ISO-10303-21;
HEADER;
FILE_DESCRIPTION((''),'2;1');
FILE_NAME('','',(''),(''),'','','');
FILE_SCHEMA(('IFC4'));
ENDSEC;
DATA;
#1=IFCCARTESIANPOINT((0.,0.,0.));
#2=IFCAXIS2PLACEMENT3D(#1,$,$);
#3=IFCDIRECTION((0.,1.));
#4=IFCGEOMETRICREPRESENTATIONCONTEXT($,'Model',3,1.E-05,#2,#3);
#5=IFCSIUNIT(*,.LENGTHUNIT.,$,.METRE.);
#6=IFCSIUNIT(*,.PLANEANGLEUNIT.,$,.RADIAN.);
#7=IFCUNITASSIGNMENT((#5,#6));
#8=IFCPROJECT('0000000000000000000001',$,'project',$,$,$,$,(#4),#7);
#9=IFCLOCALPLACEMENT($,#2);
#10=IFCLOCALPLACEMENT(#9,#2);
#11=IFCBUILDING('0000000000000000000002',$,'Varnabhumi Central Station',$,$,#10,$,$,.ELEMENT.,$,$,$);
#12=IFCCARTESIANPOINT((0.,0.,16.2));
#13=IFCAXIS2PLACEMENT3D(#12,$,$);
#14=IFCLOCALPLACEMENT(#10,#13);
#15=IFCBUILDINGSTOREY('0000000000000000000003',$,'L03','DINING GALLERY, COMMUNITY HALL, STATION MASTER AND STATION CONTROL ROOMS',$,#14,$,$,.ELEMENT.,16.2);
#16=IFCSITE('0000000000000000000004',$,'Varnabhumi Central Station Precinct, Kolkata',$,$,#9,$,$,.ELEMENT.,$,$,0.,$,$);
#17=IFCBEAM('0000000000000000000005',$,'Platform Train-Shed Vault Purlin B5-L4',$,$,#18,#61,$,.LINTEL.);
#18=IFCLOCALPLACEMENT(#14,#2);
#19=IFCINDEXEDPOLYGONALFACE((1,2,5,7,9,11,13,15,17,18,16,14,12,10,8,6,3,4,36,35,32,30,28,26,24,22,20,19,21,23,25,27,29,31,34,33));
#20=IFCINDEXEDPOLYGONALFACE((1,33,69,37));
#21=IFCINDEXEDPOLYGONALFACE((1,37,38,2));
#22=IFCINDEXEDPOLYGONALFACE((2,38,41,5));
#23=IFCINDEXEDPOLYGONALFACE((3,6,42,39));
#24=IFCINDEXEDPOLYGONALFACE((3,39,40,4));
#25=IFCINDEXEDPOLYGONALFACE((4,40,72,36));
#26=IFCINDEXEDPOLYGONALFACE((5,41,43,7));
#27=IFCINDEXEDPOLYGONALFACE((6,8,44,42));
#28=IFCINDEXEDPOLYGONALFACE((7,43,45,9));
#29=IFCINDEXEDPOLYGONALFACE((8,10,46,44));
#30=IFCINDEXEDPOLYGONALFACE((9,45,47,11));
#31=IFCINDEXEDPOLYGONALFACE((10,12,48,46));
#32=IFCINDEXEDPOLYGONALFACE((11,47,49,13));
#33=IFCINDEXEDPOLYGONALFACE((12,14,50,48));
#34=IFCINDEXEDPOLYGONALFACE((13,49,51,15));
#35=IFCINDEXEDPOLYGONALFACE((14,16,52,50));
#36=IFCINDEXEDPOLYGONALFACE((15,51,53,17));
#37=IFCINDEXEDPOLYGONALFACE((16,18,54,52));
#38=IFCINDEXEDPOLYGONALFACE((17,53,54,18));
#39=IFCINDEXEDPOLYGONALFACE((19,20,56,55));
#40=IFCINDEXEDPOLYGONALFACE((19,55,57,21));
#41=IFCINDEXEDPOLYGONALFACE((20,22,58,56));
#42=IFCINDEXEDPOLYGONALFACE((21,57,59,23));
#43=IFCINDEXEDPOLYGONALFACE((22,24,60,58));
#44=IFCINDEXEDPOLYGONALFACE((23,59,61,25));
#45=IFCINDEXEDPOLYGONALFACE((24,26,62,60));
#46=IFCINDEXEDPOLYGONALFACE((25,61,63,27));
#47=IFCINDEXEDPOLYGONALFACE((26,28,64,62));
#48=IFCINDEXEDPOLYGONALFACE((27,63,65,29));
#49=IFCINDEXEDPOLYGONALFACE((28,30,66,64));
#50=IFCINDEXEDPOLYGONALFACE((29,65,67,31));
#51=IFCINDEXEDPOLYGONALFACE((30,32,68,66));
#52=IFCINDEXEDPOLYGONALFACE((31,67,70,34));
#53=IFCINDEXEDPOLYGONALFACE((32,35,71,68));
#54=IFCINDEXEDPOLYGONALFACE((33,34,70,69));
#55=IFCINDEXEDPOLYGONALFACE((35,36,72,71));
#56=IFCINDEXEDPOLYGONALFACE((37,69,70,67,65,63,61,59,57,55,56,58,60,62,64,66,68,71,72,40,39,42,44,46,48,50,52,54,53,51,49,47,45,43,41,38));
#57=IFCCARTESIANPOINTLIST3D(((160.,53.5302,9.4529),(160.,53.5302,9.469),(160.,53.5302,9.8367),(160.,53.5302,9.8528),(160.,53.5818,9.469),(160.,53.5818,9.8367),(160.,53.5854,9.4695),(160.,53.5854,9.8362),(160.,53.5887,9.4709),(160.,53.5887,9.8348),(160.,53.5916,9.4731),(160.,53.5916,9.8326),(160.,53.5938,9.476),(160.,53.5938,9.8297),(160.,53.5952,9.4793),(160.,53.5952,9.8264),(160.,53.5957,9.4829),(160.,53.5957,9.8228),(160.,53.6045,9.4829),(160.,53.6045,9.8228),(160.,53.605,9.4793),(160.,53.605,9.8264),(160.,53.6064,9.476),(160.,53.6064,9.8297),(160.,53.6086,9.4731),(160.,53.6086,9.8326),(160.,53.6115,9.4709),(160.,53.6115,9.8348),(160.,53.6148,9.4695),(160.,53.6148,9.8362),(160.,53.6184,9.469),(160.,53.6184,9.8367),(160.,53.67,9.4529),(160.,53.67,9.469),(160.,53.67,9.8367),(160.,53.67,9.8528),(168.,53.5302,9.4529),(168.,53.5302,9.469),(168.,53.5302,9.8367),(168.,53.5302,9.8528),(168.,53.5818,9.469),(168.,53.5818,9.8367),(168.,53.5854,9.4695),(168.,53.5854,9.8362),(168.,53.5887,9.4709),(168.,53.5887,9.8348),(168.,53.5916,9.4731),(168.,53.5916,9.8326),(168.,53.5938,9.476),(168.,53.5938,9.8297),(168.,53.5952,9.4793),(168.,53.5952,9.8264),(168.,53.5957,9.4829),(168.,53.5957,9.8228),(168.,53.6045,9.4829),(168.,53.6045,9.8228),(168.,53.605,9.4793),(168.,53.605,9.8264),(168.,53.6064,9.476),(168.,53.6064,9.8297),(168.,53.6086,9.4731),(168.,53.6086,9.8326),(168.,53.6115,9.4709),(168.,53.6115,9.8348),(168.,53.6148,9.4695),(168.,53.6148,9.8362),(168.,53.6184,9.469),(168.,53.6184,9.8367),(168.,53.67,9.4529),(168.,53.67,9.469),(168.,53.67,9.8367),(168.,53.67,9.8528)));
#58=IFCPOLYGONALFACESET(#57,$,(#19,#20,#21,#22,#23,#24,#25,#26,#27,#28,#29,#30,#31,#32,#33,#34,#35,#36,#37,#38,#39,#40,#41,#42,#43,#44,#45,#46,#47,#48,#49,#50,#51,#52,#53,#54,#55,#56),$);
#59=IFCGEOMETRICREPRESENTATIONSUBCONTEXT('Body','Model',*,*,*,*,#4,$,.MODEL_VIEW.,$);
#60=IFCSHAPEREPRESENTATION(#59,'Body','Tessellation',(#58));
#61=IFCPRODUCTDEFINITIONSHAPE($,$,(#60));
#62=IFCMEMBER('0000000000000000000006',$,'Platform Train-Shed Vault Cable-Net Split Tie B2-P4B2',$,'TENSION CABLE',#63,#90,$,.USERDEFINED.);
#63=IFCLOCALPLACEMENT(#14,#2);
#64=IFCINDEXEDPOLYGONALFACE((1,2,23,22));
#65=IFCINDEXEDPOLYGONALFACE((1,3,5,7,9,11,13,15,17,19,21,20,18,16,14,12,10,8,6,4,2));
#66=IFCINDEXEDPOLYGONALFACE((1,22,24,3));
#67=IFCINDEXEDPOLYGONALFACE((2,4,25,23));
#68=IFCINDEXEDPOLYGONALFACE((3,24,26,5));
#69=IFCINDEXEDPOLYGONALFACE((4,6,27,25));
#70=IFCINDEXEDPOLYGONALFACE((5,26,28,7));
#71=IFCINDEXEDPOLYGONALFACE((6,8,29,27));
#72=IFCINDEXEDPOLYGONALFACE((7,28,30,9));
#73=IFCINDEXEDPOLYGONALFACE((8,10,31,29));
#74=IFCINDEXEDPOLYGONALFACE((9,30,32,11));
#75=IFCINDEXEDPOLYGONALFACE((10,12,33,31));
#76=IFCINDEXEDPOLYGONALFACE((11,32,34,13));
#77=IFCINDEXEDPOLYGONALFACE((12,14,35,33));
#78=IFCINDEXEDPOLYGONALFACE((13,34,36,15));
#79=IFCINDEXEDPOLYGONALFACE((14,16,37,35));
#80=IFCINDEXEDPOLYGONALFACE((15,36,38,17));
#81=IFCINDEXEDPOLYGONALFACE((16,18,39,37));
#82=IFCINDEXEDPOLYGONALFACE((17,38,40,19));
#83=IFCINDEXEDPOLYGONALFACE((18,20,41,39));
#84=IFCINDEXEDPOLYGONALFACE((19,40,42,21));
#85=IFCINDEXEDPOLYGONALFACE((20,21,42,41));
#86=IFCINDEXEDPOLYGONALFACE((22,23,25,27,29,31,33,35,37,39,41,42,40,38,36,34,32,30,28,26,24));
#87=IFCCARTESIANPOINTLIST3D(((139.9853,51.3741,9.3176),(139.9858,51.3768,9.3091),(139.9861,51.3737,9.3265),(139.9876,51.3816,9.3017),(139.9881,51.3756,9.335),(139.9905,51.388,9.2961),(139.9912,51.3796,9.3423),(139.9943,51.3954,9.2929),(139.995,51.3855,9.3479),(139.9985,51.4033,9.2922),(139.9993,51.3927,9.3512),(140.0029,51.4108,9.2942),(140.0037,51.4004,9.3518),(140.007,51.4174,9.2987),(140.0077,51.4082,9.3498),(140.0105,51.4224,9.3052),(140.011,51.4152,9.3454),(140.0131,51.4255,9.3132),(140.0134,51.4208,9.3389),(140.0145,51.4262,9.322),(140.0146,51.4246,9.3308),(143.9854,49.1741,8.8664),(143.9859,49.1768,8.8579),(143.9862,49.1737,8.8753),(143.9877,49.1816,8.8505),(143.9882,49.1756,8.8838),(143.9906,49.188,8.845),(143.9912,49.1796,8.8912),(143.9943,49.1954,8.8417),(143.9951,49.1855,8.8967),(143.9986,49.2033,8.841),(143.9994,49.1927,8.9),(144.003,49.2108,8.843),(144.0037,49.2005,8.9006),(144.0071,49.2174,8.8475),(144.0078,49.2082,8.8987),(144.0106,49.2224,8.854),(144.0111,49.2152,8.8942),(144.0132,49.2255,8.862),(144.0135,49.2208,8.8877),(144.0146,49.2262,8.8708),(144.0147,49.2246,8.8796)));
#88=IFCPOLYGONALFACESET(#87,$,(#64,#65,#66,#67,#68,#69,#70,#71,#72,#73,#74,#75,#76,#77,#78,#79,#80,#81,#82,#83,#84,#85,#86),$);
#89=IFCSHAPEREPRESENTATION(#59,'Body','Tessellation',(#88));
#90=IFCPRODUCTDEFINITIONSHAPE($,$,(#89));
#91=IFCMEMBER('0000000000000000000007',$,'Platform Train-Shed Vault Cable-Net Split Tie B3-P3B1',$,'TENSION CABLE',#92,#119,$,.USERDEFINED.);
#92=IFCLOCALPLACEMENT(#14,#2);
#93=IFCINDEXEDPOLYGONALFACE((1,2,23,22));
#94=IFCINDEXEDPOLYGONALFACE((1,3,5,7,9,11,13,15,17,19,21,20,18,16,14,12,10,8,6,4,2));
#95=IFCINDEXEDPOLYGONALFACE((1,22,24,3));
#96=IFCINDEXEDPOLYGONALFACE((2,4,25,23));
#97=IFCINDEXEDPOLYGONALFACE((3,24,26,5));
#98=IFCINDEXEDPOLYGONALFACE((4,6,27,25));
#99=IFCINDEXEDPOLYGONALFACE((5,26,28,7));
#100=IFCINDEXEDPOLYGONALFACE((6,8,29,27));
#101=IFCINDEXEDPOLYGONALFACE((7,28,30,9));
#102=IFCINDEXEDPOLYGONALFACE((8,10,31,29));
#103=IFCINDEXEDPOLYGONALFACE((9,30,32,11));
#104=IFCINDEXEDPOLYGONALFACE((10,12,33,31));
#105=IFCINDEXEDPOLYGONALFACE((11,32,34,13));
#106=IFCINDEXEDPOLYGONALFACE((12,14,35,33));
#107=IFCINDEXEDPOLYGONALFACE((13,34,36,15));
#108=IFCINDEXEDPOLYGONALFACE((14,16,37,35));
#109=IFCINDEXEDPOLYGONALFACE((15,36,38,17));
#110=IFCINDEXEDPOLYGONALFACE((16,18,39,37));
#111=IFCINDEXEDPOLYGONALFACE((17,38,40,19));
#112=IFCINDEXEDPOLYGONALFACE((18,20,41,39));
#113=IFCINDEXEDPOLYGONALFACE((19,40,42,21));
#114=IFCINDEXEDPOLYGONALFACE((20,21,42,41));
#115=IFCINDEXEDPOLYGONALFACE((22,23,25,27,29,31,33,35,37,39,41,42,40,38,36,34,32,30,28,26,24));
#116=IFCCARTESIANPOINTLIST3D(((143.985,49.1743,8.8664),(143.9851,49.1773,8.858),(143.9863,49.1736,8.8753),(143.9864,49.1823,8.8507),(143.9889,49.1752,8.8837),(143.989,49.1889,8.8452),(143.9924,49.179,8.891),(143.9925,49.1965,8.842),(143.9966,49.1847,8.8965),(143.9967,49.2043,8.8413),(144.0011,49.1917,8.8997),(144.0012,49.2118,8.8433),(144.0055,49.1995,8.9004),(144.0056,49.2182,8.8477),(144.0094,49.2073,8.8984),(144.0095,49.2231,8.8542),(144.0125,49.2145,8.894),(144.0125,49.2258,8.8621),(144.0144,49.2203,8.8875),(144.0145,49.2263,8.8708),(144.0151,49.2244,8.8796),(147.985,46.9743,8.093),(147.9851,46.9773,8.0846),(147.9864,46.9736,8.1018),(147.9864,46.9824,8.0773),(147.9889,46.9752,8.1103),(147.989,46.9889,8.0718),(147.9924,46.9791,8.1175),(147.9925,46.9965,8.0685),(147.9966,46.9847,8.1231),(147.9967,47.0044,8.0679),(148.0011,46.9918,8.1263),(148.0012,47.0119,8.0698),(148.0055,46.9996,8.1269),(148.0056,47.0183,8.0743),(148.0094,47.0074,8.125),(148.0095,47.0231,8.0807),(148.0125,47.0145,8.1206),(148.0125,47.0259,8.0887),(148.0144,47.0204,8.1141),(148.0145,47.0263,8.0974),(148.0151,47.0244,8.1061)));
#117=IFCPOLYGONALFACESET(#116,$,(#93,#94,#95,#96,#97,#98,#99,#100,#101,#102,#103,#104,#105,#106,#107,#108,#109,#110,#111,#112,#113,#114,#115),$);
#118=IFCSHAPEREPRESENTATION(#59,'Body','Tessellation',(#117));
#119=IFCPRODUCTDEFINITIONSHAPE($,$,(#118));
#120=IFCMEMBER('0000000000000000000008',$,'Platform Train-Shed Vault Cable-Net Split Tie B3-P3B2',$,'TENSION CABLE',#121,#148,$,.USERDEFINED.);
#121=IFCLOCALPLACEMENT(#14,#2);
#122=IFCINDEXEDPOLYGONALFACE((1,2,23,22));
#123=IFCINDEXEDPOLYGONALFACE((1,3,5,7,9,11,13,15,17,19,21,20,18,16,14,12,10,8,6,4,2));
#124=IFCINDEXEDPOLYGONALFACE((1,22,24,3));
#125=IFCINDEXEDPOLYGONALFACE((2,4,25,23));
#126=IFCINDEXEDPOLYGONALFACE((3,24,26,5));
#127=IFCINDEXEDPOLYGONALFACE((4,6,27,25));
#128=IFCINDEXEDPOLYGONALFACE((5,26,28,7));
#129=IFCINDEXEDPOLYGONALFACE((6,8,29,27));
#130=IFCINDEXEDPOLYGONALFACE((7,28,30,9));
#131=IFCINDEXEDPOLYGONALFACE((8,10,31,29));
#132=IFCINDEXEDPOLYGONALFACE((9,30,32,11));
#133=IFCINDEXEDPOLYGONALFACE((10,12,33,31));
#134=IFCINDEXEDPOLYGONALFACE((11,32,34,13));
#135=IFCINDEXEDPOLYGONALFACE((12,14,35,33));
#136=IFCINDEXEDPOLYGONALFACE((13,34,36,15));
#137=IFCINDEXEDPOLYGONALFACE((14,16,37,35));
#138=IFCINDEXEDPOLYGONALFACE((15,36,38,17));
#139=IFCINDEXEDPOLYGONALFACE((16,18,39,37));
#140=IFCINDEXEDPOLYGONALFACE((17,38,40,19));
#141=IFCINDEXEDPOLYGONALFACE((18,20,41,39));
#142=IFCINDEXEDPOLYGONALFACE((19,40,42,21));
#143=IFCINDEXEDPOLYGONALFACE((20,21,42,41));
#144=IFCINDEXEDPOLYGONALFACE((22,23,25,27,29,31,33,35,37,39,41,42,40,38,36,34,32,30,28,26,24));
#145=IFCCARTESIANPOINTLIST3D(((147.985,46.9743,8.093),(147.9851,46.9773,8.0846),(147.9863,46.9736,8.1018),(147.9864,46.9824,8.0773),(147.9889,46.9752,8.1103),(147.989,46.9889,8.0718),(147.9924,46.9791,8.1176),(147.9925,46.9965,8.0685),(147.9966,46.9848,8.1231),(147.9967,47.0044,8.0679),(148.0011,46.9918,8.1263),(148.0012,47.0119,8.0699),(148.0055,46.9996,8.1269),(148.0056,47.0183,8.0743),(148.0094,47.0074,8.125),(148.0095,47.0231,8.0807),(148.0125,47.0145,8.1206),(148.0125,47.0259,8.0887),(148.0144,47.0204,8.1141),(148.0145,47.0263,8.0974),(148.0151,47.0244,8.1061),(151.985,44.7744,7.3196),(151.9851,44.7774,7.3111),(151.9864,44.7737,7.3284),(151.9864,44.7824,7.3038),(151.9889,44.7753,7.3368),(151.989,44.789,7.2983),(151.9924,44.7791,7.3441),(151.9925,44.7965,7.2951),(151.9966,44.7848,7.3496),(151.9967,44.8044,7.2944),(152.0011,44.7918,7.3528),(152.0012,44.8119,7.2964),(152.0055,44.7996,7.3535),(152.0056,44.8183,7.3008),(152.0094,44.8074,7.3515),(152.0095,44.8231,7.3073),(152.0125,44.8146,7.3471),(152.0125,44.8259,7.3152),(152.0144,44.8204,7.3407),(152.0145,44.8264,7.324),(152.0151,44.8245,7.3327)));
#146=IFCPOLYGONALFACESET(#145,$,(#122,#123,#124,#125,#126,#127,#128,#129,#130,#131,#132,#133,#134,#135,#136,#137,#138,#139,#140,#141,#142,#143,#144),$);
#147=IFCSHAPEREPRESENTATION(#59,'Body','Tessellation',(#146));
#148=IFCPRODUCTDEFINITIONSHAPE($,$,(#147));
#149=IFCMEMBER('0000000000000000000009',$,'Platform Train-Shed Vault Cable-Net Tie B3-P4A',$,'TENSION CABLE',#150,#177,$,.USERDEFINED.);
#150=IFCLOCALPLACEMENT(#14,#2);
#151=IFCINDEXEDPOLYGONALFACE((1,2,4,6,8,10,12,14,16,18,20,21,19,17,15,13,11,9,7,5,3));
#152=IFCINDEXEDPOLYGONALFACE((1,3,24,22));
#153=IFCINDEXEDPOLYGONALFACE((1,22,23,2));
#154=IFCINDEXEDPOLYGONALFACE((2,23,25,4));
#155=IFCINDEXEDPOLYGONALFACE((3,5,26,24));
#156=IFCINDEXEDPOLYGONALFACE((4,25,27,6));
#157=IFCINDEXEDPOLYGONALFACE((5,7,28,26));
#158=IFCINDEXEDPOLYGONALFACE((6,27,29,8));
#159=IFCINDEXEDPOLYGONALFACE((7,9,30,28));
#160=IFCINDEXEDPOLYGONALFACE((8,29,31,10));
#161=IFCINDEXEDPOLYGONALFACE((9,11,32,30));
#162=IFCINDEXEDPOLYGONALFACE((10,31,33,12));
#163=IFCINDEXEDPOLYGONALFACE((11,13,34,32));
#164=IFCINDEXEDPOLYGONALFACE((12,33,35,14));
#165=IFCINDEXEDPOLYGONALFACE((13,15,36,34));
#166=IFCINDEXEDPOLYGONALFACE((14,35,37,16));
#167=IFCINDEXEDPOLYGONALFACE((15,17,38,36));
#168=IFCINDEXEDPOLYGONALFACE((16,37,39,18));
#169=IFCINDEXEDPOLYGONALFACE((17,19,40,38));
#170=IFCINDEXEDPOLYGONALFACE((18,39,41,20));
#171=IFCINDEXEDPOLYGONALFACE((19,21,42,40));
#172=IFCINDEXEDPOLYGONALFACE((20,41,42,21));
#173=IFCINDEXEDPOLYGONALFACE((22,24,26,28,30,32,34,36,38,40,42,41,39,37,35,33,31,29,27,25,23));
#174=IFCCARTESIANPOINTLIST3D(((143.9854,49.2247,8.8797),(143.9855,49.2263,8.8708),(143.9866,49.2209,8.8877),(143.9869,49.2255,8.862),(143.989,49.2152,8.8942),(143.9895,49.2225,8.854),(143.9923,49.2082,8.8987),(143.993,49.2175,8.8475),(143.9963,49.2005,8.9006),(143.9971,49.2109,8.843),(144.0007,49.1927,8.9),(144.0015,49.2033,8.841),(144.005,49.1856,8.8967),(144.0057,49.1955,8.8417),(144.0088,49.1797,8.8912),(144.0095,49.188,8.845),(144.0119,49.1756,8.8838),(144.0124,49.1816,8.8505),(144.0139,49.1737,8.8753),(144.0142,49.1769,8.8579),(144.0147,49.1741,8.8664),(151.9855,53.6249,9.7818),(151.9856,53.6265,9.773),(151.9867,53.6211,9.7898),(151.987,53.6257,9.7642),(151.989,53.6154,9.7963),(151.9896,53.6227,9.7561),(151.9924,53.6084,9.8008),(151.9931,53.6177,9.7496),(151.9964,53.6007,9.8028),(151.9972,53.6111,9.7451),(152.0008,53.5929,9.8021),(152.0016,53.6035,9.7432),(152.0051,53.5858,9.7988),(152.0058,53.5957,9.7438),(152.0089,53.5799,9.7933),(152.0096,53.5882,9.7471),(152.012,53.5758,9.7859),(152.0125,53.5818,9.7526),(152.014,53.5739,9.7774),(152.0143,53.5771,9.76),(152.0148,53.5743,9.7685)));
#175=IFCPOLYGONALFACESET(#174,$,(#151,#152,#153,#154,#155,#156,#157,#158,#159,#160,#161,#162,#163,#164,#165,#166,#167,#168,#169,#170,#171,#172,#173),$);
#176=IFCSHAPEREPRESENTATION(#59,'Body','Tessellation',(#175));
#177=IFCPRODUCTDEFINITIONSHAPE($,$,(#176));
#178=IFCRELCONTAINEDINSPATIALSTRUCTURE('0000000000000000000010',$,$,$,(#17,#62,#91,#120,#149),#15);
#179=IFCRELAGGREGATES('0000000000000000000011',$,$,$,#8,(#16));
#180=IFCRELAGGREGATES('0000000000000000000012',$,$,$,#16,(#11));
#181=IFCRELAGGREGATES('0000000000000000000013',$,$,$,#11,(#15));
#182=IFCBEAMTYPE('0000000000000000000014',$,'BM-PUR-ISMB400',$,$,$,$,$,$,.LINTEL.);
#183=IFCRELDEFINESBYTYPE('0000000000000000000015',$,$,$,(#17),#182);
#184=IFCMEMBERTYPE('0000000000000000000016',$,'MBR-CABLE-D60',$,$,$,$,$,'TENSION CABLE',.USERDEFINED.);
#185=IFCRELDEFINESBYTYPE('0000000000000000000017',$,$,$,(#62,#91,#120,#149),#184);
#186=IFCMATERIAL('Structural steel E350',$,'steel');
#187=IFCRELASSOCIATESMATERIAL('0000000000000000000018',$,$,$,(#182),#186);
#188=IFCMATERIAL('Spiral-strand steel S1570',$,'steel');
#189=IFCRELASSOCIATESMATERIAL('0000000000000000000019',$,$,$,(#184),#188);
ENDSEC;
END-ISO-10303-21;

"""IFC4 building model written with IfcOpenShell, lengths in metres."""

from ifc_helpers import new_model, si_unit, direction, frame, origin, origin_2d, place, context, subcontext, project, spatial, circle, i_section, extrude, material, material_profile, profile_set, type_object, element, save


model = new_model("IFC4")

# Units and contexts
model_context = context("Model", 3, precision=1e-05, world=origin(), true_north=direction((0.0, 1.0)))
body_context = subcontext(model_context, "Body", "Model", "MODEL_VIEW")
ifc_project = project(units=[si_unit("LENGTHUNIT", "METRE"), si_unit("PLANEANGLEUNIT", "RADIAN")], contexts=[model_context])

# Site, building, storey
site_placement = place(None, origin())
site = spatial("IfcSite", under=ifc_project, at=site_placement, Name="Varnabhumi Central Station Precinct, Kolkata", CompositionType="ELEMENT", RefElevation=0.0)
building_placement = place(site_placement, origin())
building = spatial("IfcBuilding", under=site, at=building_placement, Name="Varnabhumi Central Station", CompositionType="ELEMENT")
storey_placement = place(building_placement, frame((0.0, 0.0, 16.2)))
storey = spatial("IfcBuildingStorey", under=building, at=storey_placement, Name="L03", Description="DINING GALLERY, COMMUNITY HALL, STATION MASTER AND STATION CONTROL ROOMS", CompositionType="ELEMENT", Elevation=16.2)

# Beam
ifc_material_1 = material(Name="Structural steel E350", Category="steel")
ifc_material_profile_1 = material_profile(ifc_material_1, i_section(OverallWidth=0.1399, OverallDepth=0.3999, WebThickness=0.0088, FlangeThickness=0.0161, FilletRadius=0.0139, at=origin_2d()), Name="Structural steel E350", Category="steel")
ifc_profile_set_1 = profile_set([ifc_material_profile_1], Name="Structural steel E350")
beam_type_1 = type_object("IfcBeamType", Name="BM-PUR-ISMB400", PredefinedType="LINTEL", material=ifc_profile_set_1)
for number, where, z_axis, x_axis, name in (
    (1, (160.0, 53.6001, 9.6528), (1.0, 0.0, 0.0), (0.0, 1.0, 0.0), "Platform Train-Shed Vault Purlin B5-L4"),
):
    element("IfcBeam", number, at=place(storey_placement, frame(where, z_axis=z_axis, x_axis=x_axis)), inside=storey, type_object=beam_type_1, Name=name, PredefinedType="LINTEL", context=body_context, shape_type="SweptSolid", body=[
        extrude(i_section(OverallWidth=0.1399, OverallDepth=0.3999, WebThickness=0.0088, FlangeThickness=0.0161, FilletRadius=0.0139, at=origin_2d()), origin(), (0.0, 0.0, 1.0), 8.0),
    ])

# Members
ifc_material_2 = material(Name="Spiral-strand steel S1570", Category="steel")
ifc_material_profile_2 = material_profile(ifc_material_2, circle(Radius=0.03, at=origin_2d()), Name="Spiral-strand steel S1570", Category="steel")
ifc_profile_set_2 = profile_set([ifc_material_profile_2], Name="Spiral-strand steel S1570")
member_type = type_object("IfcMemberType", Name="MBR-CABLE-D60", ElementType="TENSION CABLE", PredefinedType="USERDEFINED", material=ifc_profile_set_2)
member_1_placement = place(storey_placement, frame((140.0, 51.3999, 9.322), z_axis=(0.871972, -0.479574, -0.098352), x_axis=(0.481911, 0.87622, 0.0)))
element("IfcMember", 2, at=member_1_placement, inside=storey, type_object=member_type, Name="Platform Train-Shed Vault Cable-Net Split Tie B2-P4B2", ObjectType="TENSION CABLE", PredefinedType="USERDEFINED", context=body_context, shape_type="SweptSolid", body=[
    extrude(circle(Radius=0.03, at=origin_2d()), origin(), (0.0, 0.0, 1.0), 4.5874),
])
for number, where, z_axis, x_axis, name in (
    (3, (144.0, 49.2, 8.8708), (0.863909, -0.475139, -0.167045), (0.481911, 0.87622, 0.0), "Platform Train-Shed Vault Cable-Net Split Tie B3-P3B1"),
    (4, (148.0, 47.0, 8.0974), (0.863909, -0.475139, -0.167045), (0.481911, 0.87622, 0.0), "Platform Train-Shed Vault Cable-Net Split Tie B3-P3B2"),
):
    element("IfcMember", number, at=place(storey_placement, frame(where, z_axis=z_axis, x_axis=x_axis)), inside=storey, type_object=member_type, Name=name, ObjectType="TENSION CABLE", PredefinedType="USERDEFINED", context=body_context, shape_type="SweptSolid", body=[
        extrude(circle(Radius=0.03, at=origin_2d()), origin(), (0.0, 0.0, 1.0), 4.6301),
    ])
member_2_placement = place(storey_placement, frame((144.0, 49.2, 8.8708), z_axis=(0.871963, 0.479596, 0.098325), x_axis=(-0.481931, 0.876209, 0.0)))
element("IfcMember", 5, at=member_2_placement, inside=storey, type_object=member_type, Name="Platform Train-Shed Vault Cable-Net Tie B3-P4A", ObjectType="TENSION CABLE", PredefinedType="USERDEFINED", context=body_context, shape_type="SweptSolid", body=[
    extrude(circle(Radius=0.03, at=origin_2d()), origin(), (0.0, 0.0, 1.0), 9.1748),
])

save(model, "model.ifc")
